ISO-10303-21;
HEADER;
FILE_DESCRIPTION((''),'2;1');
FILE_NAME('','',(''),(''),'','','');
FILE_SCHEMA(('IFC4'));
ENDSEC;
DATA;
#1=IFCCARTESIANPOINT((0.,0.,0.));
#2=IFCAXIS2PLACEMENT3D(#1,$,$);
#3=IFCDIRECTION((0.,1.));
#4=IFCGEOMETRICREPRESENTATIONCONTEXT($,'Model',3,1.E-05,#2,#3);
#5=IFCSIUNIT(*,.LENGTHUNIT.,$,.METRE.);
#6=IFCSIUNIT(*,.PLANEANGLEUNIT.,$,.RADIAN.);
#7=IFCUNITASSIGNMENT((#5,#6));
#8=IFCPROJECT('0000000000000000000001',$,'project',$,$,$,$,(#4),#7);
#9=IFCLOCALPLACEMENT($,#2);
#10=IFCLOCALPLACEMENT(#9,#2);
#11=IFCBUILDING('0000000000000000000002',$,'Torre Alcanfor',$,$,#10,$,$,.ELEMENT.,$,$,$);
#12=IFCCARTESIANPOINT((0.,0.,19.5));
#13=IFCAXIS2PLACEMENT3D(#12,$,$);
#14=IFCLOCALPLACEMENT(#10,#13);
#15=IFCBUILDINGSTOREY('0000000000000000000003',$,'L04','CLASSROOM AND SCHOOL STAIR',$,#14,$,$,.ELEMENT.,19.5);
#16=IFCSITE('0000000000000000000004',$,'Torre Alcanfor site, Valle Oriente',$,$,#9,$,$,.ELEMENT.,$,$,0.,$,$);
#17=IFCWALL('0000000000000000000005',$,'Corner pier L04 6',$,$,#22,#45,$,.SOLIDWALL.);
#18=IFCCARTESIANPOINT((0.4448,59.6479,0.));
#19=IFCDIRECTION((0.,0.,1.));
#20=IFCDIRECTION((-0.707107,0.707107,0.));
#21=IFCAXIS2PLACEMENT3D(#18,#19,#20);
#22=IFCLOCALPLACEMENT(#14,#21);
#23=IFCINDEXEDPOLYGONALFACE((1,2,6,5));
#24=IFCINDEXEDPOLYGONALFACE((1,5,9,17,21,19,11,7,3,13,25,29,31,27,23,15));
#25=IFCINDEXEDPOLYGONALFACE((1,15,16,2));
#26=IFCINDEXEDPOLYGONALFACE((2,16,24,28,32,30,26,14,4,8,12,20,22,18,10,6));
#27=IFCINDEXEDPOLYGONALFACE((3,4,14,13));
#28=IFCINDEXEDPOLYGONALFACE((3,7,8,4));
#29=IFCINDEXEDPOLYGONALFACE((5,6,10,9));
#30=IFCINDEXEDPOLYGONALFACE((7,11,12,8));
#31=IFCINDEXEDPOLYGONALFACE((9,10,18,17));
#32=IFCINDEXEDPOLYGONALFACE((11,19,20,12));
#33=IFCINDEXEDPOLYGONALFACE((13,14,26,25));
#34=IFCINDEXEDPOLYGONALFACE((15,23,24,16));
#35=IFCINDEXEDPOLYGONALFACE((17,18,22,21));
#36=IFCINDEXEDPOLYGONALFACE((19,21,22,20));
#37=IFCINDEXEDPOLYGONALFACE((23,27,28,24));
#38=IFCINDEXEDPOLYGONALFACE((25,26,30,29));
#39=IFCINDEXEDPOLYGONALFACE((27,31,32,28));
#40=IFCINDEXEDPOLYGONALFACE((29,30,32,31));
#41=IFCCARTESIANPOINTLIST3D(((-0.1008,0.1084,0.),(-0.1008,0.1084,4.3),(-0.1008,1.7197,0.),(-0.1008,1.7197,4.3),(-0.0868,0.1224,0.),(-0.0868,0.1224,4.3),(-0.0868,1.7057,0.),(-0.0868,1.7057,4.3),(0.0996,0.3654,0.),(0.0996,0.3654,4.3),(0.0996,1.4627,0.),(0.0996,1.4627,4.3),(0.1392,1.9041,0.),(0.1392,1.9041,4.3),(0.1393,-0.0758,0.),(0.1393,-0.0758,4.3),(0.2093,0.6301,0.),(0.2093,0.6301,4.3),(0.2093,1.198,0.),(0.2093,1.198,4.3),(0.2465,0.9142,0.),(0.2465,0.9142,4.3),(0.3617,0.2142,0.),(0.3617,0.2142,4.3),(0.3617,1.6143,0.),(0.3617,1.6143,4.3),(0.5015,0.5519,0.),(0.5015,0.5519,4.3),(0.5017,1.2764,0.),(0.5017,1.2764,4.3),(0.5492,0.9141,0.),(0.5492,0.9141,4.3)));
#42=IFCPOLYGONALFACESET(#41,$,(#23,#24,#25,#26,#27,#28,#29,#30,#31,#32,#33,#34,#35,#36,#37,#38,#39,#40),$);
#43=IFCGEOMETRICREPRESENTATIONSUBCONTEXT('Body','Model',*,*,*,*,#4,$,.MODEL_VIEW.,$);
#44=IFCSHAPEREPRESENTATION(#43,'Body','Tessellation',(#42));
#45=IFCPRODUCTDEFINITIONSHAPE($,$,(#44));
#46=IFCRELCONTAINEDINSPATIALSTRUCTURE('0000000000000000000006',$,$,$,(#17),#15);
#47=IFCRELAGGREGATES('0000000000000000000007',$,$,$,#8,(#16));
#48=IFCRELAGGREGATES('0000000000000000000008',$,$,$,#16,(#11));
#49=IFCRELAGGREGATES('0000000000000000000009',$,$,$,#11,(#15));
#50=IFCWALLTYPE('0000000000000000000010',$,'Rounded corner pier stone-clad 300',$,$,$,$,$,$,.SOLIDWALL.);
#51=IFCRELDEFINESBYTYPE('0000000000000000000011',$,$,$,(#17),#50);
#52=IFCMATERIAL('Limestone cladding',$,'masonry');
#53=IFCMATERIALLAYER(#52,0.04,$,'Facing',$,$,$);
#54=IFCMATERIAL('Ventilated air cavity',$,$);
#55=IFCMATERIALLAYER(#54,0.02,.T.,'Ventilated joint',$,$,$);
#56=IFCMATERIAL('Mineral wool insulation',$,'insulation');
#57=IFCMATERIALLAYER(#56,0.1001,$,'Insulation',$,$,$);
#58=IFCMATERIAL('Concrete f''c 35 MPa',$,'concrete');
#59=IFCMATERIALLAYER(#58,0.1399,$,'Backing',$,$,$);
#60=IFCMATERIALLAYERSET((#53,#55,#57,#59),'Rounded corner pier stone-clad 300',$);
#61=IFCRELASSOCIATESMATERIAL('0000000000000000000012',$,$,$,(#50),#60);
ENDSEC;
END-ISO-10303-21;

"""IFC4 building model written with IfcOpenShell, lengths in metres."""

from ifc_helpers import new_model, si_unit, direction, frame, origin, place, context, subcontext, project, spatial, polyline, outline, extrude, material, layer, layer_set, type_object, element, save


model = new_model("IFC4")

# Units and contexts
model_context = context("Model", 3, precision=1e-05, world=origin(), true_north=direction((0.0, 1.0)))
body_context = subcontext(model_context, "Body", "Model", "MODEL_VIEW")
ifc_project = project(units=[si_unit("LENGTHUNIT", "METRE"), si_unit("PLANEANGLEUNIT", "RADIAN")], contexts=[model_context])

# Site, building, storey
site_placement = place(None, origin())
site = spatial("IfcSite", under=ifc_project, at=site_placement, Name="Torre Alcanfor site, Valle Oriente", CompositionType="ELEMENT", RefElevation=0.0)
building_placement = place(site_placement, origin())
building = spatial("IfcBuilding", under=site, at=building_placement, Name="Torre Alcanfor", CompositionType="ELEMENT")
storey_placement = place(building_placement, frame((0.0, 0.0, 19.5)))
storey = spatial("IfcBuildingStorey", under=building, at=storey_placement, Name="L04", Description="CLASSROOM AND SCHOOL STAIR", CompositionType="ELEMENT", Elevation=19.5)

# Wall
ifc_material_1 = material(Name="Limestone cladding", Category="masonry")
ifc_layer_1 = layer(ifc_material_1, 0.04, Name="Facing")
ifc_material_2 = material(Name="Ventilated air cavity")
ifc_layer_2 = layer(ifc_material_2, 0.02, ventilated=True, Name="Ventilated joint")
ifc_material_3 = material(Name="Mineral wool insulation", Category="insulation")
ifc_layer_3 = layer(ifc_material_3, 0.1001, Name="Insulation")
ifc_material_4 = material(Name="Concrete f'c 35 MPa", Category="concrete")
ifc_layer_4 = layer(ifc_material_4, 0.1399, Name="Backing")
ifc_layer_set_1 = layer_set([ifc_layer_1, ifc_layer_2, ifc_layer_3, ifc_layer_4], Name="Rounded corner pier stone-clad 300")
wall_type = type_object("IfcWallType", Name="Rounded corner pier stone-clad 300", PredefinedType="SOLIDWALL", material=ifc_layer_set_1)
wall_placement = place(storey_placement, frame((0.4448, 59.6479, 0.0), z_axis=(0.0, 0.0, 1.0), x_axis=(-0.707107, 0.707107, 0.0)))
element("IfcWall", 1, at=wall_placement, inside=storey, type_object=wall_type, Name="Corner pier L04 6", PredefinedType="SOLIDWALL", context=body_context, shape_type="SweptSolid", body=[
    extrude(outline(polyline([(0.1392, 1.9041), (-0.1008, 1.7197), (-0.0868, 1.7057), (0.0996, 1.4627), (0.2093, 1.198), (0.2465, 0.9142), (0.2093, 0.6301), (0.0996, 0.3654), (-0.0868, 0.1224), (-0.1008, 0.1084), (0.1393, -0.0758), (0.3617, 0.2142), (0.5015, 0.5519), (0.5492, 0.9141), (0.5017, 1.2764), (0.3617, 1.6143), (0.1392, 1.9041)])), origin(), (0.0, 0.0, 1.0), 4.3),
])

save(model, "model.ifc")
